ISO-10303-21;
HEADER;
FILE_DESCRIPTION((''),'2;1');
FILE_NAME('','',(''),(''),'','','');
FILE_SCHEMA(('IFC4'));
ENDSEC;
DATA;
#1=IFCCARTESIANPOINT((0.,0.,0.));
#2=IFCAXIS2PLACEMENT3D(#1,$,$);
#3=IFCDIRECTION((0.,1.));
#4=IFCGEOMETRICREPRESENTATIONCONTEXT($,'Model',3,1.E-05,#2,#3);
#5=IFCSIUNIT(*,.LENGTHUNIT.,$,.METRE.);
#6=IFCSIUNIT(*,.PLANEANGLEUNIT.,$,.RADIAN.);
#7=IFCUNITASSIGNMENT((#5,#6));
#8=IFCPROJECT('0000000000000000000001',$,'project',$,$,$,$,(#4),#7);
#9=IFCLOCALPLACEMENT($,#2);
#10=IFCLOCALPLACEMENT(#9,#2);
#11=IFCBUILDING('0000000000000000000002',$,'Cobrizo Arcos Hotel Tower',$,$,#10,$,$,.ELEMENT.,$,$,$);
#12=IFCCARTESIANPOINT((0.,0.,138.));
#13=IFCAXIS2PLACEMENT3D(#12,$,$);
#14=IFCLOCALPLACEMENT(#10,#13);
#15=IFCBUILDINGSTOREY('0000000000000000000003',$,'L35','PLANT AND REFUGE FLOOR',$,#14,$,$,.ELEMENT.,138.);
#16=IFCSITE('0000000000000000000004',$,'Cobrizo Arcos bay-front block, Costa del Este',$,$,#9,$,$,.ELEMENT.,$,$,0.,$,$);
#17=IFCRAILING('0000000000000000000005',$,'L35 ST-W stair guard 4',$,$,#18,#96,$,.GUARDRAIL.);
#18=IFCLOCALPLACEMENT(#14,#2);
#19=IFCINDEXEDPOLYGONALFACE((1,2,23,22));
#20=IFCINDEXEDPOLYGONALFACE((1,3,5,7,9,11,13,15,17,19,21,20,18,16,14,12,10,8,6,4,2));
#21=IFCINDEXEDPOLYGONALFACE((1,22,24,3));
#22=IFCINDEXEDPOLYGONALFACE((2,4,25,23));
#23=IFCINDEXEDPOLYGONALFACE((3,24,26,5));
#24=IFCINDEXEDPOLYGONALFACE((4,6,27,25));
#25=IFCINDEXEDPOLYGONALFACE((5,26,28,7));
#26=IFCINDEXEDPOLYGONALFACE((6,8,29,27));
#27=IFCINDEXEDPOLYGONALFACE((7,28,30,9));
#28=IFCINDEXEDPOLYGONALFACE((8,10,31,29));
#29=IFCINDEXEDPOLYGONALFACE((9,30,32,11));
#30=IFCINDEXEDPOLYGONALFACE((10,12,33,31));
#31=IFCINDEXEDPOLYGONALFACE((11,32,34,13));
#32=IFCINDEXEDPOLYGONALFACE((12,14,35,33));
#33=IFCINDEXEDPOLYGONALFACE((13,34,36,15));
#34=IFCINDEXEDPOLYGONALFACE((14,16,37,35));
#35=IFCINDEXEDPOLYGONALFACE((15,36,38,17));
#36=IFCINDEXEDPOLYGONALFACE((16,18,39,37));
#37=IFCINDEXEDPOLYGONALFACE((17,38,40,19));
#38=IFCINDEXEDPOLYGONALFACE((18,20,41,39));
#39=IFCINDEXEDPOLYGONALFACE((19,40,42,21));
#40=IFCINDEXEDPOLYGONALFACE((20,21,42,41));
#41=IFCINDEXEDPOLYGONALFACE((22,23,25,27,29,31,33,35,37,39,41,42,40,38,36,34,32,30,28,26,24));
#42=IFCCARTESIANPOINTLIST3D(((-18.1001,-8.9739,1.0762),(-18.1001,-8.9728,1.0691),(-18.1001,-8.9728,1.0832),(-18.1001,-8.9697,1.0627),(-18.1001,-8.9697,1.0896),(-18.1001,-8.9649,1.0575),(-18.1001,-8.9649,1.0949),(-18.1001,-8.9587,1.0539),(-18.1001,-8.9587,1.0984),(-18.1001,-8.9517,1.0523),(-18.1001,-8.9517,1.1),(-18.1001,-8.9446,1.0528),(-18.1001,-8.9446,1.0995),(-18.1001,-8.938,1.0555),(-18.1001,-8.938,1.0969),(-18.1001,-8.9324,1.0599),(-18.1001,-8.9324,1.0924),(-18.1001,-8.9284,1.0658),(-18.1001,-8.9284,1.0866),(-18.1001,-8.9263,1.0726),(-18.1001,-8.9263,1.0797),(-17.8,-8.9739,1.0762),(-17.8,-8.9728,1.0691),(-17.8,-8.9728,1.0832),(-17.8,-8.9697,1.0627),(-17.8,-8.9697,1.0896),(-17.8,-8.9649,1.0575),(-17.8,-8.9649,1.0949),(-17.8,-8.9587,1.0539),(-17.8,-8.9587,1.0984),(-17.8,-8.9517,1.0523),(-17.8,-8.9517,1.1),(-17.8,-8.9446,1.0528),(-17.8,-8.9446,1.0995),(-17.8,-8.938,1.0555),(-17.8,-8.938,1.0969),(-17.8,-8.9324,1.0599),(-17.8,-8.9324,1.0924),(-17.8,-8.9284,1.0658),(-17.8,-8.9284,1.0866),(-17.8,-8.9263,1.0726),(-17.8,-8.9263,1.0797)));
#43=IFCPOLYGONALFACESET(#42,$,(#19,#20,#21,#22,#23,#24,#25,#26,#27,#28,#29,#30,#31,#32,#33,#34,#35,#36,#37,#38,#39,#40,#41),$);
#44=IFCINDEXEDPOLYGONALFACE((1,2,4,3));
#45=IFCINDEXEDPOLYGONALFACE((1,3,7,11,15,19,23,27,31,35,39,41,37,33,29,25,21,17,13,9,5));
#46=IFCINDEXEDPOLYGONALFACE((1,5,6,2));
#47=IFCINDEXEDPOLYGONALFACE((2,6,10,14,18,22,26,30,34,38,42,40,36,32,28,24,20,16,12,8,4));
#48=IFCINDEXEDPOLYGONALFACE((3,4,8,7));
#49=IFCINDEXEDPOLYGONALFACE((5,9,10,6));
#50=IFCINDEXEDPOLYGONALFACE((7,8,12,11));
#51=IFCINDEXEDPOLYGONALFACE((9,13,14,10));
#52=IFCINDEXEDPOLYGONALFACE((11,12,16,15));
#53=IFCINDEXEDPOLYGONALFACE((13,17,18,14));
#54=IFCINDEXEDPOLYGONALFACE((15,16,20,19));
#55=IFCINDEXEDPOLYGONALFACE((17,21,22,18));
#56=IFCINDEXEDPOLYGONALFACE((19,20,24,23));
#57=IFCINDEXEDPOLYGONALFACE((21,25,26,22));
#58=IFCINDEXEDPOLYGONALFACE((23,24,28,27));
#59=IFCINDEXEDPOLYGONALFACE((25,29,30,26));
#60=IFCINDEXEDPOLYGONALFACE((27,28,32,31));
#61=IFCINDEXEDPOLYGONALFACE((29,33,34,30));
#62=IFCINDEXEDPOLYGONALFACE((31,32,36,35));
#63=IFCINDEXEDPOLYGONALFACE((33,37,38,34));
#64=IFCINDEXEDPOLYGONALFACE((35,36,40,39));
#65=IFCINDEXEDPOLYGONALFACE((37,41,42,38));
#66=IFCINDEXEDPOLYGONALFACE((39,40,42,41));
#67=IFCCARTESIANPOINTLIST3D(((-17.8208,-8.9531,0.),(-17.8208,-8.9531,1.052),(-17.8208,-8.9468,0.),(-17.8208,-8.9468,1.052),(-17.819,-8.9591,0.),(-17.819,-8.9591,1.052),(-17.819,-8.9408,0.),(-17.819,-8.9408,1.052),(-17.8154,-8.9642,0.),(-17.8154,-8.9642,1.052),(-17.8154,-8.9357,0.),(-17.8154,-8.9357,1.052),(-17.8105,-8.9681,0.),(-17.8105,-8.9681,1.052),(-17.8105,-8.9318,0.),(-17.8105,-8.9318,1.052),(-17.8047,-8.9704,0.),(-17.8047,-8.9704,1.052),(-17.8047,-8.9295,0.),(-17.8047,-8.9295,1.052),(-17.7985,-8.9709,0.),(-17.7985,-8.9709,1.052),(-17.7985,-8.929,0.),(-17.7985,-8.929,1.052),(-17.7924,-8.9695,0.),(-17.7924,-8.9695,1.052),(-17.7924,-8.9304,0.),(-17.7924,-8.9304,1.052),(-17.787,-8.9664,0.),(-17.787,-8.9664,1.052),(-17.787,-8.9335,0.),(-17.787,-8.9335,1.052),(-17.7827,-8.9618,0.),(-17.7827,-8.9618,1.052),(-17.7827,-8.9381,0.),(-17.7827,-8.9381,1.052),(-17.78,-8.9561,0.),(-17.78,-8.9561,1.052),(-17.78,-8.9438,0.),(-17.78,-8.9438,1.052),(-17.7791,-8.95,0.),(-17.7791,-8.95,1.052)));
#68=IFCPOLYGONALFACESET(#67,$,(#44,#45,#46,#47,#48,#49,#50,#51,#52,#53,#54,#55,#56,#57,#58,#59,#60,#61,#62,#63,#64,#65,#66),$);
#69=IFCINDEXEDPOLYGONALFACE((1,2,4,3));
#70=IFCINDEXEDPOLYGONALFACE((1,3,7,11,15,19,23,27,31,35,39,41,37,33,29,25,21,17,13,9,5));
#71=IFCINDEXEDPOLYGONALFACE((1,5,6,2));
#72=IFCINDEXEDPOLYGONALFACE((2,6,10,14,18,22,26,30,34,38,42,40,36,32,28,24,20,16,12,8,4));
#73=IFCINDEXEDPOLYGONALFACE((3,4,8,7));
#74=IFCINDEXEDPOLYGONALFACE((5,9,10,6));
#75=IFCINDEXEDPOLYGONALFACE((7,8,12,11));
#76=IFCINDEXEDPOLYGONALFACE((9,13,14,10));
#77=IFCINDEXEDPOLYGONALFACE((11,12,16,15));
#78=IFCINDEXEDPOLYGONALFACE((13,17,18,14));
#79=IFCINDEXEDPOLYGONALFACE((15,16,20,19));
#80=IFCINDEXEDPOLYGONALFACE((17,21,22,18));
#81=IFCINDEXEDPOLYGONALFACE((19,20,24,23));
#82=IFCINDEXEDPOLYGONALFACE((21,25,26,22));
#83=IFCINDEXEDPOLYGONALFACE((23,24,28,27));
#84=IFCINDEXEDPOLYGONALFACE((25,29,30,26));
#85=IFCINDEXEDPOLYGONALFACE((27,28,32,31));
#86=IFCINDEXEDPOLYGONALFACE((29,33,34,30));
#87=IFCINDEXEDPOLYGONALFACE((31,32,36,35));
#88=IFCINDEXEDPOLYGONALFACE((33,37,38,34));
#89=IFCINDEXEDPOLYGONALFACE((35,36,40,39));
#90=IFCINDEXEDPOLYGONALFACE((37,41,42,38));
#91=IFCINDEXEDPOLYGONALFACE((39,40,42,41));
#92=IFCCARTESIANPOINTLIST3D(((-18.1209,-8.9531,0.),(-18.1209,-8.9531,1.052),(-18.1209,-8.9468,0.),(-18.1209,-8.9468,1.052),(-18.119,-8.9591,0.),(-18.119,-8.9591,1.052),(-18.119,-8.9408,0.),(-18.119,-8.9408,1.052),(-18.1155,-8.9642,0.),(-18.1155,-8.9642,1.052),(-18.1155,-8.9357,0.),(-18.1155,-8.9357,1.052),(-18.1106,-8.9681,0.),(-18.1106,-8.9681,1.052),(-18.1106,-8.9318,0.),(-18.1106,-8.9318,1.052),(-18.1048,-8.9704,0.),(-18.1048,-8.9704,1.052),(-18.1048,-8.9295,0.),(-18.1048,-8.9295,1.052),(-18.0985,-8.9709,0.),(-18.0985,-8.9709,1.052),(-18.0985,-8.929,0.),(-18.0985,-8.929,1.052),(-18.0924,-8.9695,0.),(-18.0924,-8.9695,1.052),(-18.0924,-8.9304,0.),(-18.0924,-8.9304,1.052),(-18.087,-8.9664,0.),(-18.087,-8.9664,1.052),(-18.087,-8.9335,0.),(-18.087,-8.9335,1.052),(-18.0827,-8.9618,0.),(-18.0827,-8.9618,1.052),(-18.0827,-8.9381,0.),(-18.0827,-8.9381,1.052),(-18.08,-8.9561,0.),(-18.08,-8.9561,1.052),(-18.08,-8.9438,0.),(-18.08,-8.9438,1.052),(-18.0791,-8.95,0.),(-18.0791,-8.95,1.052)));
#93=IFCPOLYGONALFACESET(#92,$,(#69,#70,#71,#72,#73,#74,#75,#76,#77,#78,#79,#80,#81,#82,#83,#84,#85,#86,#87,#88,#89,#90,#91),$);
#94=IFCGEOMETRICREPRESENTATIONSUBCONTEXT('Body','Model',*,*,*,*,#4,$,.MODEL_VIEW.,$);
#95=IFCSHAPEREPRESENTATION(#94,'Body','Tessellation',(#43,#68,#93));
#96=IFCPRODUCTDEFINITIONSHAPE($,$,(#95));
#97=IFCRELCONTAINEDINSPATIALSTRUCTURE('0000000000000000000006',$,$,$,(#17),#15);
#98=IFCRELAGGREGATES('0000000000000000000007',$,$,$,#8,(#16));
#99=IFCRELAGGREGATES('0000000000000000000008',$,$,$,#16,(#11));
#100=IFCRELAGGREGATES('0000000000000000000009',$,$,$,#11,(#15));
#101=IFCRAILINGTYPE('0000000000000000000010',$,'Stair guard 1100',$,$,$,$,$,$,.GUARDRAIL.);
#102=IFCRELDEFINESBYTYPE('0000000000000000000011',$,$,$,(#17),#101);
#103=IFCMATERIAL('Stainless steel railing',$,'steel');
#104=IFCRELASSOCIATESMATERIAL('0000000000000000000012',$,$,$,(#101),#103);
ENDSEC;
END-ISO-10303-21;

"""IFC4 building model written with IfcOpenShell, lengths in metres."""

from ifc_helpers import new_model, si_unit, direction, frame, origin, origin_2d, place, context, subcontext, project, spatial, circle, extrude, material, type_object, element, save


model = new_model("IFC4")

# Units and contexts
model_context = context("Model", 3, precision=1e-05, world=origin(), true_north=direction((0.0, 1.0)))
body_context = subcontext(model_context, "Body", "Model", "MODEL_VIEW")
ifc_project = project(units=[si_unit("LENGTHUNIT", "METRE"), si_unit("PLANEANGLEUNIT", "RADIAN")], contexts=[model_context])

# Site, building, storey
site_placement = place(None, origin())
site = spatial("IfcSite", under=ifc_project, at=site_placement, Name="Cobrizo Arcos bay-front block, Costa del Este", CompositionType="ELEMENT", RefElevation=0.0)
building_placement = place(site_placement, origin())
building = spatial("IfcBuilding", under=site, at=building_placement, Name="Cobrizo Arcos Hotel Tower", CompositionType="ELEMENT")
storey_placement = place(building_placement, frame((0.0, 0.0, 138.0)))
storey = spatial("IfcBuildingStorey", under=building, at=storey_placement, Name="L35", Description="PLANT AND REFUGE FLOOR", CompositionType="ELEMENT", Elevation=138.0)

# Railing
ifc_material_1 = material(Name="Stainless steel railing", Category="steel")
railing_type_1 = type_object("IfcRailingType", Name="Stair guard 1100", PredefinedType="GUARDRAIL", material=ifc_material_1)
railing_1_placement = place(storey_placement, frame((-17.8, -8.95, 0.0)))
element("IfcRailing", 1, at=railing_1_placement, inside=storey, type_object=railing_type_1, Name="L35 ST-W stair guard 4", PredefinedType="GUARDRAIL", context=body_context, shape_type="SweptSolid", body=[
    extrude(circle(Radius=0.0239, at=origin_2d()), frame((0.0, 0.0, 1.0762), z_axis=(-1.0, 0.0, 0.0), x_axis=(0.0, -1.0, 0.0)), (0.0, 0.0, 1.0), 0.3),
    extrude(circle(Radius=0.021, at=origin_2d()), origin(), (0.0, 0.0, 1.0), 1.052),
    extrude(circle(Radius=0.021, at=origin_2d()), frame((-0.3, 0.0, 0.0)), (0.0, 0.0, 1.0), 1.052),
])

save(model, "model.ifc")
